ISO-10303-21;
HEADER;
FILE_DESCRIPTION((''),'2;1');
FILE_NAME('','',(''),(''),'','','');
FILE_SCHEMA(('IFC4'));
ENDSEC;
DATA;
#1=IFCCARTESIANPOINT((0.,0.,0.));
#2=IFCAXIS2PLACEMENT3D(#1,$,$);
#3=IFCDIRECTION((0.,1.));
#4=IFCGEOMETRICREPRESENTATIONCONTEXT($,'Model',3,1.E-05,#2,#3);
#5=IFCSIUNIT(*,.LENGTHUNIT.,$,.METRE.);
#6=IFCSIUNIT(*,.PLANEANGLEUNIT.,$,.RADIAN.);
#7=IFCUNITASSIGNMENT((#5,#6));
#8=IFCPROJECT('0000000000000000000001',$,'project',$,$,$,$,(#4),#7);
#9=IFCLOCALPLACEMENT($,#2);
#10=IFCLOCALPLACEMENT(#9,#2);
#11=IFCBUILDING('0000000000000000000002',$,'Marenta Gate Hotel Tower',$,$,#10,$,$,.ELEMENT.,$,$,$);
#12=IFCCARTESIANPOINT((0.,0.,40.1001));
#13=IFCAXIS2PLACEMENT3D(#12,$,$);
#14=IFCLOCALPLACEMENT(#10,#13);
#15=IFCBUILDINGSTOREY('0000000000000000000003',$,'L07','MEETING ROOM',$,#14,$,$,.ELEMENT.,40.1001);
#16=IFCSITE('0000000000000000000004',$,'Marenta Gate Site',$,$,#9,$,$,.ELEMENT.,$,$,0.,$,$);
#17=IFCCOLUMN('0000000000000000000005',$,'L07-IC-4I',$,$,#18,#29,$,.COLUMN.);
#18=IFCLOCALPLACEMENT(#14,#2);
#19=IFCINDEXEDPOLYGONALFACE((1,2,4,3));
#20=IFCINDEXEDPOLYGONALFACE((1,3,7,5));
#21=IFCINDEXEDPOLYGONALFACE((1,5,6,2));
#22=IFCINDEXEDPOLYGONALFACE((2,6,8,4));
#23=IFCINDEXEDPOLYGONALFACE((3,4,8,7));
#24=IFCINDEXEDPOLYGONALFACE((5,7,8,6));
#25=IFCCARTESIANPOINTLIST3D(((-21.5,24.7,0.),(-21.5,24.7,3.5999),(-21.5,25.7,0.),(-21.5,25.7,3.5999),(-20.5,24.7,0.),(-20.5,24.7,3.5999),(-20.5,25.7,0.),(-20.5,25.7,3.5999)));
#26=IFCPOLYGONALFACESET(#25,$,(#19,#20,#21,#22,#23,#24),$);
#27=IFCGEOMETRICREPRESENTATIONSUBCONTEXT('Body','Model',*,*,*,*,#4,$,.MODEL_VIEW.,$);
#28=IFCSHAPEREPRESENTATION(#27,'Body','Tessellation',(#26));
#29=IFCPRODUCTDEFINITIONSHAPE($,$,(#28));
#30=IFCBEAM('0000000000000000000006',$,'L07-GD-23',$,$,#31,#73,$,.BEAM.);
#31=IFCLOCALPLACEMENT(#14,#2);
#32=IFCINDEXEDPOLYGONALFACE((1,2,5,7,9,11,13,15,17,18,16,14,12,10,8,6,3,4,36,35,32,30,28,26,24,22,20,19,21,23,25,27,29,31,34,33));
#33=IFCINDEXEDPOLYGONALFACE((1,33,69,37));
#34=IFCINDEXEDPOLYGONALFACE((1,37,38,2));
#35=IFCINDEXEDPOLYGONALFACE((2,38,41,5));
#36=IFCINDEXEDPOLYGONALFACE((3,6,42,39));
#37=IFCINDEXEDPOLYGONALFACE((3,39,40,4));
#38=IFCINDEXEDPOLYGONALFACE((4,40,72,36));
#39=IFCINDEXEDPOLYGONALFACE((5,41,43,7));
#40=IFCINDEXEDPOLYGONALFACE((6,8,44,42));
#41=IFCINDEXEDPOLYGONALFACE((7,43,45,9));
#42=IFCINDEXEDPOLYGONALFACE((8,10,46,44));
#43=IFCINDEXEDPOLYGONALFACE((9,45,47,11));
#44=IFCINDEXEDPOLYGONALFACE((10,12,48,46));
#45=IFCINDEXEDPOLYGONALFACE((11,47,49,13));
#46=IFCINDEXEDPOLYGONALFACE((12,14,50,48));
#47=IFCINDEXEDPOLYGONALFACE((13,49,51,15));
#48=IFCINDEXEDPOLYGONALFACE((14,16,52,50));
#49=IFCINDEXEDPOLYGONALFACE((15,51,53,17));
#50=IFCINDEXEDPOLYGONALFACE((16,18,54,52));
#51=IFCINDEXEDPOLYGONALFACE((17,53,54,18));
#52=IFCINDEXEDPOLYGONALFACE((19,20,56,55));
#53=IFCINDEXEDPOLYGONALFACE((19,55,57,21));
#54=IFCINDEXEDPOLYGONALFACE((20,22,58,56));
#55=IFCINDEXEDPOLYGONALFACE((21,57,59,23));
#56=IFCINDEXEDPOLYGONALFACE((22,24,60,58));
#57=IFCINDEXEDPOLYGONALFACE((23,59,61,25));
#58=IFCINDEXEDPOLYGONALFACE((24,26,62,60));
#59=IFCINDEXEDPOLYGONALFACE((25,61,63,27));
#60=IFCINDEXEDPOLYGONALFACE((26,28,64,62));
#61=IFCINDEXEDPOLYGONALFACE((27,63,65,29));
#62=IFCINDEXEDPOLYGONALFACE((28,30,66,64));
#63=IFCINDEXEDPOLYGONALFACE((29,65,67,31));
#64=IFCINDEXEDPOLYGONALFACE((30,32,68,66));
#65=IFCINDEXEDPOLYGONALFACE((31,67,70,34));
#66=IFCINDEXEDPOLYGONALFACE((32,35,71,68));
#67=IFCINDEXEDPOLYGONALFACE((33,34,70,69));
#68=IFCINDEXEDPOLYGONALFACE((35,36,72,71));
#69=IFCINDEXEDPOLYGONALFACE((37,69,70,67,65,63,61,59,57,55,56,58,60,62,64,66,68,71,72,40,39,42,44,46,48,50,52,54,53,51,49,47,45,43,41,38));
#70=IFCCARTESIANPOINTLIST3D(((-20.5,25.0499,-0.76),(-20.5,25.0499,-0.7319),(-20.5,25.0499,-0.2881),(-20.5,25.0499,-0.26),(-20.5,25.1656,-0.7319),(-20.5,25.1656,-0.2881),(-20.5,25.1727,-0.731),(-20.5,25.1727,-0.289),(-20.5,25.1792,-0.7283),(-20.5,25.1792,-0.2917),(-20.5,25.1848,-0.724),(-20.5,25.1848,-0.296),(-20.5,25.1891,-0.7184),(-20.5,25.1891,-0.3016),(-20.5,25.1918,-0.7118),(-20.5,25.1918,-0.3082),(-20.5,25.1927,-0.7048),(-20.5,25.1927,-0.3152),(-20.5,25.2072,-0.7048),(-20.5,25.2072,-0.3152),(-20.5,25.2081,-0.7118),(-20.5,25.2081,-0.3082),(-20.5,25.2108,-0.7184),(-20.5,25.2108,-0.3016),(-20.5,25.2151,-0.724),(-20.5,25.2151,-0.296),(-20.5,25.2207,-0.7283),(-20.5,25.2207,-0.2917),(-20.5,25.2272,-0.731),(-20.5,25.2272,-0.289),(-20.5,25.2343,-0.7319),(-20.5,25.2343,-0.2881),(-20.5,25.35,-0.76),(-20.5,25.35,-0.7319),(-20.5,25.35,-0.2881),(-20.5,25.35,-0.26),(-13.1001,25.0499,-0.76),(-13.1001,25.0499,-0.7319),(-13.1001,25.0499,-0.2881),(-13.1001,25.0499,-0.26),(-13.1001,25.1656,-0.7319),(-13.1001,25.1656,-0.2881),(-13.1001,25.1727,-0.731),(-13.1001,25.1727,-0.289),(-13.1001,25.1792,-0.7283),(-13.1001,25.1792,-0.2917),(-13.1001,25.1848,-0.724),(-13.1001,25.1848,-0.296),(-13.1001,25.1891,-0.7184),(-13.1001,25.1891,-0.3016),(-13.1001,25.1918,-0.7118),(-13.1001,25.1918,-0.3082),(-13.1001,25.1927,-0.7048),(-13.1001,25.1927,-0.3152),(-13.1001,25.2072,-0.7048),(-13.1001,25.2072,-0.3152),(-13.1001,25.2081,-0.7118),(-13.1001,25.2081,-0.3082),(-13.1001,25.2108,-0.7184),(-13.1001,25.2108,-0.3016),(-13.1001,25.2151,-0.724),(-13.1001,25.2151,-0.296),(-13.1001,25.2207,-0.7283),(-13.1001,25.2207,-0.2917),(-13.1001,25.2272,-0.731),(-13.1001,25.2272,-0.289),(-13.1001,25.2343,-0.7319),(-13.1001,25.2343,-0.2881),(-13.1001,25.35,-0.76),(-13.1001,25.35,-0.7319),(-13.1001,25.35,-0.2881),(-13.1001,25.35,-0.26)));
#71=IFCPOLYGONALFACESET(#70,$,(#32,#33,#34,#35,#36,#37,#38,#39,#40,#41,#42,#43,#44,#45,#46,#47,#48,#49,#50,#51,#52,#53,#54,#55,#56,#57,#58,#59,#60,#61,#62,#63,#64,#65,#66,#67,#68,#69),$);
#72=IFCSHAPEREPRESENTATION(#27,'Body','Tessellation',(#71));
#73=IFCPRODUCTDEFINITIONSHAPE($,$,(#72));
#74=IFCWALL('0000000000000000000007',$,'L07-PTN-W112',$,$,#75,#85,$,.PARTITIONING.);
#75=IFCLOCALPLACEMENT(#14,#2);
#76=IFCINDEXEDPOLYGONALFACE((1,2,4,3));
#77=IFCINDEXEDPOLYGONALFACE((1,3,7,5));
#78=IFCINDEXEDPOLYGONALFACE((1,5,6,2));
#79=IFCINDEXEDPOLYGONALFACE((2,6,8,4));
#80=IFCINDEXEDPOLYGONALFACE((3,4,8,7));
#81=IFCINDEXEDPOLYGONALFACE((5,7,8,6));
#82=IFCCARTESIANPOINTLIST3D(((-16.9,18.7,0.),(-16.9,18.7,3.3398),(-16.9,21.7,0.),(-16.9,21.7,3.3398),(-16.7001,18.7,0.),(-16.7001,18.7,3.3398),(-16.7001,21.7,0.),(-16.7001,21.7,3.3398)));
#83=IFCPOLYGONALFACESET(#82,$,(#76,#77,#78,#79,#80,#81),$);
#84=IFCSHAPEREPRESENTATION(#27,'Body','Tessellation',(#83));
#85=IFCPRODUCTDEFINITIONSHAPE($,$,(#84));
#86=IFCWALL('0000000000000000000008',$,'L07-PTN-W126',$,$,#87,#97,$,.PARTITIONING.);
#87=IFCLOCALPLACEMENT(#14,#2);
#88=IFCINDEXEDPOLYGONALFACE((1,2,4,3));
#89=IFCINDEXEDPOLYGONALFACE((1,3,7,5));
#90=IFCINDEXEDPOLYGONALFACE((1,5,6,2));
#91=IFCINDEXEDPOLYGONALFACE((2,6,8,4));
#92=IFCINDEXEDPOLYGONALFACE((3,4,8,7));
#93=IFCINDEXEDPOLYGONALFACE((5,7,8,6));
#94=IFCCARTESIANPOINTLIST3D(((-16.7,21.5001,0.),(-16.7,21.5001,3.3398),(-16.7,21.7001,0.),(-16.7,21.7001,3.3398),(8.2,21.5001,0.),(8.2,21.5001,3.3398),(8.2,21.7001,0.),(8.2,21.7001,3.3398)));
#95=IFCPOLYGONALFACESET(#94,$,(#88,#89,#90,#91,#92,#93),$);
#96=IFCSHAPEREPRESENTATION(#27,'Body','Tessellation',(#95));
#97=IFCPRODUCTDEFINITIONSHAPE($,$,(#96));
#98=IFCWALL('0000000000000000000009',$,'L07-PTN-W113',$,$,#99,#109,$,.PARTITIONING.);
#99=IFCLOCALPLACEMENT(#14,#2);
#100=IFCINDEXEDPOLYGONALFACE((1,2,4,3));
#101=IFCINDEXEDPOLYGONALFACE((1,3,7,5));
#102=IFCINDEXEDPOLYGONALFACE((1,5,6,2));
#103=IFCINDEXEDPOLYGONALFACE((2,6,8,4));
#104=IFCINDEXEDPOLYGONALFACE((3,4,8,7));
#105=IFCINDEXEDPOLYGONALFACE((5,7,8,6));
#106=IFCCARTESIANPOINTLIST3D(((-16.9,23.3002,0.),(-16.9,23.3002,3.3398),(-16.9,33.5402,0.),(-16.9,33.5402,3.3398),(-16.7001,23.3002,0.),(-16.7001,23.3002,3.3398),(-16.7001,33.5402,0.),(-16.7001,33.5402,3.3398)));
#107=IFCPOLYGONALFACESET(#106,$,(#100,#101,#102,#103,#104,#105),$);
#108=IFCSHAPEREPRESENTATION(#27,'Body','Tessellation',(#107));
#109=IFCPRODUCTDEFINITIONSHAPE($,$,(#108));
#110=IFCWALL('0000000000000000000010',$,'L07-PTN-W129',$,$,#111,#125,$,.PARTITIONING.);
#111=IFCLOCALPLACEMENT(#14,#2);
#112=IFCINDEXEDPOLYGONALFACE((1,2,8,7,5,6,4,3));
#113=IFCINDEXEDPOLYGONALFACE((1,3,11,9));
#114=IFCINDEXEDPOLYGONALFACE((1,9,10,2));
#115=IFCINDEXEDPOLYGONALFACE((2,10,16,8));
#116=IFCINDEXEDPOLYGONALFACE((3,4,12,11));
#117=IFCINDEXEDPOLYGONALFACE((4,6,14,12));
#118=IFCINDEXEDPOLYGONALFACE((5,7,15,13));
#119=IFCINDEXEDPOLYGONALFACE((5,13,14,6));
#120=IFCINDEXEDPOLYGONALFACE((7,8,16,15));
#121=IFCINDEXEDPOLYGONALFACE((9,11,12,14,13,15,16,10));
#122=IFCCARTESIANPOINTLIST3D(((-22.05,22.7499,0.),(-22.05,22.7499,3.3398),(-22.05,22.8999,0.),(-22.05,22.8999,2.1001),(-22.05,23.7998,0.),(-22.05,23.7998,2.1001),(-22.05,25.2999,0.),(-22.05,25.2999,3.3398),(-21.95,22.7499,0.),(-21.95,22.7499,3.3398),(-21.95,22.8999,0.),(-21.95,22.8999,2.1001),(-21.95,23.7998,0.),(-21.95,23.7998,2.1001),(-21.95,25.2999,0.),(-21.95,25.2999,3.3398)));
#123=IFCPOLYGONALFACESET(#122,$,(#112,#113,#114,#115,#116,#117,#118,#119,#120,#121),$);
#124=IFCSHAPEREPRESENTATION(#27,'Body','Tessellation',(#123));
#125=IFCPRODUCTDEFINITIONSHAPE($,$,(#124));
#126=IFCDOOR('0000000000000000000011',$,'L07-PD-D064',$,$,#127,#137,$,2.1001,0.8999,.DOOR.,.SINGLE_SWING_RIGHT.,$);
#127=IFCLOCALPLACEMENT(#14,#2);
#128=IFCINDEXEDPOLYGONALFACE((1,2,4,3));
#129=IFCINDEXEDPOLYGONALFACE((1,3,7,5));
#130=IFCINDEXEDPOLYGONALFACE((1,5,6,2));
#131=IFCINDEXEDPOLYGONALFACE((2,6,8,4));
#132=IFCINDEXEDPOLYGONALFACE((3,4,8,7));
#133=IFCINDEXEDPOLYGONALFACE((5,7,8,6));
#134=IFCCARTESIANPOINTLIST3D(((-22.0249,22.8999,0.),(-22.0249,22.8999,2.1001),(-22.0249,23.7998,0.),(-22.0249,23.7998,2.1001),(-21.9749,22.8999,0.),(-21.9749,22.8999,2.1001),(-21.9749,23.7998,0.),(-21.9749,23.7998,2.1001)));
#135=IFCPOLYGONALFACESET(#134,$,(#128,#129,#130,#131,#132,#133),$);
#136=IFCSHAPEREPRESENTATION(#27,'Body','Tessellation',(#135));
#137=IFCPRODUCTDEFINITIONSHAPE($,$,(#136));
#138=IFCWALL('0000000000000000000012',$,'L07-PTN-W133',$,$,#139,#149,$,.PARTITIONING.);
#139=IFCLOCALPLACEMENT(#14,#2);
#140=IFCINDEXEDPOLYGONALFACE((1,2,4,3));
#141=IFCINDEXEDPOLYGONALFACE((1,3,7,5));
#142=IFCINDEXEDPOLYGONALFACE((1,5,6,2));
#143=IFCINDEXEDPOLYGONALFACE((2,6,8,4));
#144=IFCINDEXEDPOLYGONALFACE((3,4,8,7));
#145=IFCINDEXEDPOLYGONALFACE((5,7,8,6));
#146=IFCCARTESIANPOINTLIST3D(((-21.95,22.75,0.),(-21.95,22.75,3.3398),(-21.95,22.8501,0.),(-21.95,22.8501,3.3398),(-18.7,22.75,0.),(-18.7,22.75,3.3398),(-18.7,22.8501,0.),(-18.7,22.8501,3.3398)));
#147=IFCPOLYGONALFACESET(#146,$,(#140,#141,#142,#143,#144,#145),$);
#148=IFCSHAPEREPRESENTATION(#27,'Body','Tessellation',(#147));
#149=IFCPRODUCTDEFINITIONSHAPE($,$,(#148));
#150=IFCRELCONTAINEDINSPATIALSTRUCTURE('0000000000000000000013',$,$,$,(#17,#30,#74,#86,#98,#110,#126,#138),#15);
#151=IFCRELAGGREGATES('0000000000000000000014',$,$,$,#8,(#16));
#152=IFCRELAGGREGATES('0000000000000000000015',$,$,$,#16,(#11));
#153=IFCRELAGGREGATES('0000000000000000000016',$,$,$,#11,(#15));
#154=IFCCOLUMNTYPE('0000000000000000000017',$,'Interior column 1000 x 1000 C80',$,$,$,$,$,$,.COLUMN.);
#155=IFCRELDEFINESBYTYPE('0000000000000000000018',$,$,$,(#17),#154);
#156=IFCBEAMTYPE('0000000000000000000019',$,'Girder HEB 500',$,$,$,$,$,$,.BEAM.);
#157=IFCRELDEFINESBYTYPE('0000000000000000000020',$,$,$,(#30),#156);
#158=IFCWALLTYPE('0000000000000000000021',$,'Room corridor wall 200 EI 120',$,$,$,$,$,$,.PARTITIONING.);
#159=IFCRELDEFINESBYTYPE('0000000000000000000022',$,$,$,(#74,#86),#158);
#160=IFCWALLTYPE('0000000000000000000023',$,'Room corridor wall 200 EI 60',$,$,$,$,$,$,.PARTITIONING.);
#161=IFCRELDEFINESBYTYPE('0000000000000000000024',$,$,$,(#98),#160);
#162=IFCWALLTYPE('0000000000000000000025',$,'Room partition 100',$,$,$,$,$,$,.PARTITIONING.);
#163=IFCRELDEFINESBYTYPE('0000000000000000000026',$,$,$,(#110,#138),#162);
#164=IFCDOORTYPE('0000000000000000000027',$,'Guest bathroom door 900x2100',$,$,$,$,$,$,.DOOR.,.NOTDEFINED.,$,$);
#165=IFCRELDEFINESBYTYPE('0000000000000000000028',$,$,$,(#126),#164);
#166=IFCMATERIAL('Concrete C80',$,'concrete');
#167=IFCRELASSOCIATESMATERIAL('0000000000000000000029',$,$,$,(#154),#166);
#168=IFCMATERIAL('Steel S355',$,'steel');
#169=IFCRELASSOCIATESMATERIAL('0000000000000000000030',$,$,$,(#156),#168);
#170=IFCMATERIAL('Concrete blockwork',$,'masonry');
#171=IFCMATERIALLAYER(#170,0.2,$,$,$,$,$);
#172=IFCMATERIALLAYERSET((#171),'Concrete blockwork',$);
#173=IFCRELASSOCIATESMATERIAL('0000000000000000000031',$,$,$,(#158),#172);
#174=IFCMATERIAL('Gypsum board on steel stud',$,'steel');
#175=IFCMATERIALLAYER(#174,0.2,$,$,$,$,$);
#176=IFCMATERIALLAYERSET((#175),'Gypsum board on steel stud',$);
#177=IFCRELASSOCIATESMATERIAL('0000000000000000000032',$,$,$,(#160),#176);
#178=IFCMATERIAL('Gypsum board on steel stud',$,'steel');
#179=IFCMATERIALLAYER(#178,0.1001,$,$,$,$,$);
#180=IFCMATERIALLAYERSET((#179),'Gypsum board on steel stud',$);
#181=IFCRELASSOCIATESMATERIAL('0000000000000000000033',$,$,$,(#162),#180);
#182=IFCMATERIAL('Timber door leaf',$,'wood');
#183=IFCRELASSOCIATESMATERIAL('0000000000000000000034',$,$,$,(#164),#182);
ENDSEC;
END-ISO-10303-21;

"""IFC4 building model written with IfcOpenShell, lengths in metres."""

from ifc_helpers import new_model, si_unit, direction, frame, frame_2d, origin, origin_2d, place, context, subcontext, project, spatial, rectangle, i_section, extrude, material, layer, layer_set, material_profile, profile_set, type_object, element, fill, save


model = new_model("IFC4")

# Units and contexts
model_context = context("Model", 3, precision=1e-05, world=origin(), true_north=direction((0.0, 1.0)))
body_context = subcontext(model_context, "Body", "Model", "MODEL_VIEW")
ifc_project = project(units=[si_unit("LENGTHUNIT", "METRE"), si_unit("PLANEANGLEUNIT", "RADIAN")], contexts=[model_context])

# Site, building, storey
site_placement = place(None, origin())
site = spatial("IfcSite", under=ifc_project, at=site_placement, Name="Marenta Gate Site", CompositionType="ELEMENT", RefElevation=0.0)
building_placement = place(site_placement, origin())
building = spatial("IfcBuilding", under=site, at=building_placement, Name="Marenta Gate Hotel Tower", CompositionType="ELEMENT")
storey_placement = place(building_placement, frame((0.0, 0.0, 40.1001)))
storey = spatial("IfcBuildingStorey", under=building, at=storey_placement, Name="L07", Description="MEETING ROOM", CompositionType="ELEMENT", Elevation=40.1001)

# Column
ifc_material_1 = material(Name="Concrete C80", Category="concrete")
ifc_material_profile_1 = material_profile(ifc_material_1, rectangle(XDim=1.0, YDim=1.0, at=origin_2d()), Name="1000 x 1000")
ifc_profile_set_1 = profile_set([ifc_material_profile_1], Name="Concrete C80")
column_type = type_object("IfcColumnType", Name="Interior column 1000 x 1000 C80", PredefinedType="COLUMN", material=ifc_profile_set_1)
column_placement = place(storey_placement, frame((-21.0, 25.2, 0.0), z_axis=(0.0, 0.0, 1.0), x_axis=(1.0, 0.0, 0.0)))
element("IfcColumn", 1, at=column_placement, inside=storey, type_object=column_type, Name="L07-IC-4I", PredefinedType="COLUMN", context=body_context, shape_type="SweptSolid", body=[
    extrude(rectangle(XDim=1.0, YDim=1.0, at=origin_2d()), origin(), (0.0, 0.0, 1.0), 3.5999),
])

# Beam
ifc_material_2 = material(Name="Steel S355", Category="steel")
ifc_material_profile_2 = material_profile(ifc_material_2, i_section(OverallWidth=0.3, OverallDepth=0.5, WebThickness=0.0144, FlangeThickness=0.0281, FilletRadius=0.0271, at=origin_2d()), Name="HEB 500")
ifc_profile_set_2 = profile_set([ifc_material_profile_2], Name="Steel S355")
beam_type = type_object("IfcBeamType", Name="Girder HEB 500", PredefinedType="BEAM", material=ifc_profile_set_2)
beam_placement = place(storey_placement, frame((-20.5, 25.2, -0.51), z_axis=(1.0, 0.0, 0.0), x_axis=(0.0, 1.0, 0.0)))
element("IfcBeam", 2, at=beam_placement, inside=storey, type_object=beam_type, Name="L07-GD-23", PredefinedType="BEAM", context=body_context, shape_type="SweptSolid", body=[
    extrude(i_section(OverallWidth=0.3, OverallDepth=0.5, WebThickness=0.0144, FlangeThickness=0.0281, FilletRadius=0.0271, at=origin_2d()), origin(), (0.0, 0.0, 1.0), 7.3999),
])

# Wall
ifc_material_3 = material(Name="Concrete blockwork", Category="masonry")
ifc_layer_1 = layer(ifc_material_3, 0.2)
ifc_layer_set_1 = layer_set([ifc_layer_1], Name="Concrete blockwork")
wall_type_1 = type_object("IfcWallType", Name="Room corridor wall 200 EI 120", PredefinedType="PARTITIONING", material=ifc_layer_set_1)
wall_1_placement = place(storey_placement, frame((-16.8, 18.7, 0.0), z_axis=(0.0, 0.0, 1.0), x_axis=(0.0, 1.0, 0.0)))
element("IfcWall", 3, at=wall_1_placement, inside=storey, type_object=wall_type_1, Name="L07-PTN-W112", PredefinedType="PARTITIONING", context=body_context, shape_type="SweptSolid", body=[
    extrude(rectangle(XDim=3.0, YDim=0.2, at=frame_2d((1.5, 0.0))), origin(), (0.0, 0.0, 1.0), 3.3398),
])

# Walls
wall_2_placement = place(storey_placement, frame((-16.7, 21.6001, 0.0), z_axis=(0.0, 0.0, 1.0), x_axis=(1.0, 0.0, 0.0)))
element("IfcWall", 4, at=wall_2_placement, inside=storey, type_object=wall_type_1, Name="L07-PTN-W126", PredefinedType="PARTITIONING", context=body_context, shape_type="SweptSolid", body=[
    extrude(rectangle(XDim=24.8999, YDim=0.2, at=frame_2d((12.45, 0.0))), origin(), (0.0, 0.0, 1.0), 3.3398),
])
ifc_material_4 = material(Name="Gypsum board on steel stud", Category="steel")
ifc_layer_2 = layer(ifc_material_4, 0.2)
ifc_layer_set_2 = layer_set([ifc_layer_2], Name="Gypsum board on steel stud")
wall_type_2 = type_object("IfcWallType", Name="Room corridor wall 200 EI 60", PredefinedType="PARTITIONING", material=ifc_layer_set_2)
wall_3_placement = place(storey_placement, frame((-16.8, 23.3, 0.0), z_axis=(0.0, 0.0, 1.0), x_axis=(0.0, 1.0, 0.0)))
element("IfcWall", 5, at=wall_3_placement, inside=storey, type_object=wall_type_2, Name="L07-PTN-W113", PredefinedType="PARTITIONING", context=body_context, shape_type="SweptSolid", body=[
    extrude(rectangle(XDim=10.24, YDim=0.2, at=frame_2d((5.1201, 0.0))), origin(), (0.0, 0.0, 1.0), 3.3398),
])

# Wall, opening, door
ifc_material_5 = material(Name="Gypsum board on steel stud", Category="steel")
ifc_layer_3 = layer(ifc_material_5, 0.1001)
ifc_layer_set_3 = layer_set([ifc_layer_3], Name="Gypsum board on steel stud")
wall_type_3 = type_object("IfcWallType", Name="Room partition 100", PredefinedType="PARTITIONING", material=ifc_layer_set_3)
wall_4_placement = place(storey_placement, frame((-22.0, 22.75, 0.0), z_axis=(0.0, 0.0, 1.0), x_axis=(0.0, 1.0, 0.0)))
wall_4 = element("IfcWall", 6, at=wall_4_placement, inside=storey, type_object=wall_type_3, Name="L07-PTN-W129", PredefinedType="PARTITIONING", context=body_context, shape_type="SweptSolid", body=[
    extrude(rectangle(XDim=2.55, YDim=0.1001, at=frame_2d((1.2749, 0.0))), origin(), (0.0, 0.0, 1.0), 3.3398),
])
opening_1_placement = place(wall_4_placement, frame((0.1499, 0.0, 0.0)))
opening_1 = element("IfcOpeningElement", 7, at=opening_1_placement, cuts=wall_4, PredefinedType="OPENING", context=body_context, shape_type="SweptSolid", body=[
    extrude(rectangle(XDim=0.8999, YDim=2.1001, at=frame_2d((0.45, 1.05))), frame((0.0, 0.05, 0.0), z_axis=(0.0, -1.0, 0.0), x_axis=(1.0, 0.0, 0.0)), (0.0, 0.0, 1.0), 0.1001),
])
ifc_material_6 = material(Name="Timber door leaf", Category="wood")
door_type_1 = type_object("IfcDoorType", Name="Guest bathroom door 900x2100", OperationType="NOTDEFINED", PredefinedType="DOOR", material=ifc_material_6)
door_1_placement = place(opening_1_placement, origin())
door_1 = element("IfcDoor", 8, at=door_1_placement, inside=storey, type_object=door_type_1, Name="L07-PD-D064", OperationType="SINGLE_SWING_RIGHT", OverallHeight=2.1001, OverallWidth=0.8999, PredefinedType="DOOR", context=body_context, shape_type="SweptSolid", body=[
    extrude(rectangle(XDim=0.8999, YDim=2.1001, at=frame_2d((0.45, 1.05))), frame((0.0, 0.0249, 0.0), z_axis=(0.0, -1.0, 0.0), x_axis=(1.0, 0.0, 0.0)), (0.0, 0.0, 1.0), 0.05),
])
fill(opening_1, door_1)

# Wall
wall_5_placement = place(storey_placement, frame((-21.95, 22.8, 0.0), z_axis=(0.0, 0.0, 1.0), x_axis=(1.0, 0.0, 0.0)))
element("IfcWall", 9, at=wall_5_placement, inside=storey, type_object=wall_type_3, Name="L07-PTN-W133", PredefinedType="PARTITIONING", context=body_context, shape_type="SweptSolid", body=[
    extrude(rectangle(XDim=3.25, YDim=0.1001, at=frame_2d((1.625, 0.0))), origin(), (0.0, 0.0, 1.0), 3.3398),
])

save(model, "model.ifc")
